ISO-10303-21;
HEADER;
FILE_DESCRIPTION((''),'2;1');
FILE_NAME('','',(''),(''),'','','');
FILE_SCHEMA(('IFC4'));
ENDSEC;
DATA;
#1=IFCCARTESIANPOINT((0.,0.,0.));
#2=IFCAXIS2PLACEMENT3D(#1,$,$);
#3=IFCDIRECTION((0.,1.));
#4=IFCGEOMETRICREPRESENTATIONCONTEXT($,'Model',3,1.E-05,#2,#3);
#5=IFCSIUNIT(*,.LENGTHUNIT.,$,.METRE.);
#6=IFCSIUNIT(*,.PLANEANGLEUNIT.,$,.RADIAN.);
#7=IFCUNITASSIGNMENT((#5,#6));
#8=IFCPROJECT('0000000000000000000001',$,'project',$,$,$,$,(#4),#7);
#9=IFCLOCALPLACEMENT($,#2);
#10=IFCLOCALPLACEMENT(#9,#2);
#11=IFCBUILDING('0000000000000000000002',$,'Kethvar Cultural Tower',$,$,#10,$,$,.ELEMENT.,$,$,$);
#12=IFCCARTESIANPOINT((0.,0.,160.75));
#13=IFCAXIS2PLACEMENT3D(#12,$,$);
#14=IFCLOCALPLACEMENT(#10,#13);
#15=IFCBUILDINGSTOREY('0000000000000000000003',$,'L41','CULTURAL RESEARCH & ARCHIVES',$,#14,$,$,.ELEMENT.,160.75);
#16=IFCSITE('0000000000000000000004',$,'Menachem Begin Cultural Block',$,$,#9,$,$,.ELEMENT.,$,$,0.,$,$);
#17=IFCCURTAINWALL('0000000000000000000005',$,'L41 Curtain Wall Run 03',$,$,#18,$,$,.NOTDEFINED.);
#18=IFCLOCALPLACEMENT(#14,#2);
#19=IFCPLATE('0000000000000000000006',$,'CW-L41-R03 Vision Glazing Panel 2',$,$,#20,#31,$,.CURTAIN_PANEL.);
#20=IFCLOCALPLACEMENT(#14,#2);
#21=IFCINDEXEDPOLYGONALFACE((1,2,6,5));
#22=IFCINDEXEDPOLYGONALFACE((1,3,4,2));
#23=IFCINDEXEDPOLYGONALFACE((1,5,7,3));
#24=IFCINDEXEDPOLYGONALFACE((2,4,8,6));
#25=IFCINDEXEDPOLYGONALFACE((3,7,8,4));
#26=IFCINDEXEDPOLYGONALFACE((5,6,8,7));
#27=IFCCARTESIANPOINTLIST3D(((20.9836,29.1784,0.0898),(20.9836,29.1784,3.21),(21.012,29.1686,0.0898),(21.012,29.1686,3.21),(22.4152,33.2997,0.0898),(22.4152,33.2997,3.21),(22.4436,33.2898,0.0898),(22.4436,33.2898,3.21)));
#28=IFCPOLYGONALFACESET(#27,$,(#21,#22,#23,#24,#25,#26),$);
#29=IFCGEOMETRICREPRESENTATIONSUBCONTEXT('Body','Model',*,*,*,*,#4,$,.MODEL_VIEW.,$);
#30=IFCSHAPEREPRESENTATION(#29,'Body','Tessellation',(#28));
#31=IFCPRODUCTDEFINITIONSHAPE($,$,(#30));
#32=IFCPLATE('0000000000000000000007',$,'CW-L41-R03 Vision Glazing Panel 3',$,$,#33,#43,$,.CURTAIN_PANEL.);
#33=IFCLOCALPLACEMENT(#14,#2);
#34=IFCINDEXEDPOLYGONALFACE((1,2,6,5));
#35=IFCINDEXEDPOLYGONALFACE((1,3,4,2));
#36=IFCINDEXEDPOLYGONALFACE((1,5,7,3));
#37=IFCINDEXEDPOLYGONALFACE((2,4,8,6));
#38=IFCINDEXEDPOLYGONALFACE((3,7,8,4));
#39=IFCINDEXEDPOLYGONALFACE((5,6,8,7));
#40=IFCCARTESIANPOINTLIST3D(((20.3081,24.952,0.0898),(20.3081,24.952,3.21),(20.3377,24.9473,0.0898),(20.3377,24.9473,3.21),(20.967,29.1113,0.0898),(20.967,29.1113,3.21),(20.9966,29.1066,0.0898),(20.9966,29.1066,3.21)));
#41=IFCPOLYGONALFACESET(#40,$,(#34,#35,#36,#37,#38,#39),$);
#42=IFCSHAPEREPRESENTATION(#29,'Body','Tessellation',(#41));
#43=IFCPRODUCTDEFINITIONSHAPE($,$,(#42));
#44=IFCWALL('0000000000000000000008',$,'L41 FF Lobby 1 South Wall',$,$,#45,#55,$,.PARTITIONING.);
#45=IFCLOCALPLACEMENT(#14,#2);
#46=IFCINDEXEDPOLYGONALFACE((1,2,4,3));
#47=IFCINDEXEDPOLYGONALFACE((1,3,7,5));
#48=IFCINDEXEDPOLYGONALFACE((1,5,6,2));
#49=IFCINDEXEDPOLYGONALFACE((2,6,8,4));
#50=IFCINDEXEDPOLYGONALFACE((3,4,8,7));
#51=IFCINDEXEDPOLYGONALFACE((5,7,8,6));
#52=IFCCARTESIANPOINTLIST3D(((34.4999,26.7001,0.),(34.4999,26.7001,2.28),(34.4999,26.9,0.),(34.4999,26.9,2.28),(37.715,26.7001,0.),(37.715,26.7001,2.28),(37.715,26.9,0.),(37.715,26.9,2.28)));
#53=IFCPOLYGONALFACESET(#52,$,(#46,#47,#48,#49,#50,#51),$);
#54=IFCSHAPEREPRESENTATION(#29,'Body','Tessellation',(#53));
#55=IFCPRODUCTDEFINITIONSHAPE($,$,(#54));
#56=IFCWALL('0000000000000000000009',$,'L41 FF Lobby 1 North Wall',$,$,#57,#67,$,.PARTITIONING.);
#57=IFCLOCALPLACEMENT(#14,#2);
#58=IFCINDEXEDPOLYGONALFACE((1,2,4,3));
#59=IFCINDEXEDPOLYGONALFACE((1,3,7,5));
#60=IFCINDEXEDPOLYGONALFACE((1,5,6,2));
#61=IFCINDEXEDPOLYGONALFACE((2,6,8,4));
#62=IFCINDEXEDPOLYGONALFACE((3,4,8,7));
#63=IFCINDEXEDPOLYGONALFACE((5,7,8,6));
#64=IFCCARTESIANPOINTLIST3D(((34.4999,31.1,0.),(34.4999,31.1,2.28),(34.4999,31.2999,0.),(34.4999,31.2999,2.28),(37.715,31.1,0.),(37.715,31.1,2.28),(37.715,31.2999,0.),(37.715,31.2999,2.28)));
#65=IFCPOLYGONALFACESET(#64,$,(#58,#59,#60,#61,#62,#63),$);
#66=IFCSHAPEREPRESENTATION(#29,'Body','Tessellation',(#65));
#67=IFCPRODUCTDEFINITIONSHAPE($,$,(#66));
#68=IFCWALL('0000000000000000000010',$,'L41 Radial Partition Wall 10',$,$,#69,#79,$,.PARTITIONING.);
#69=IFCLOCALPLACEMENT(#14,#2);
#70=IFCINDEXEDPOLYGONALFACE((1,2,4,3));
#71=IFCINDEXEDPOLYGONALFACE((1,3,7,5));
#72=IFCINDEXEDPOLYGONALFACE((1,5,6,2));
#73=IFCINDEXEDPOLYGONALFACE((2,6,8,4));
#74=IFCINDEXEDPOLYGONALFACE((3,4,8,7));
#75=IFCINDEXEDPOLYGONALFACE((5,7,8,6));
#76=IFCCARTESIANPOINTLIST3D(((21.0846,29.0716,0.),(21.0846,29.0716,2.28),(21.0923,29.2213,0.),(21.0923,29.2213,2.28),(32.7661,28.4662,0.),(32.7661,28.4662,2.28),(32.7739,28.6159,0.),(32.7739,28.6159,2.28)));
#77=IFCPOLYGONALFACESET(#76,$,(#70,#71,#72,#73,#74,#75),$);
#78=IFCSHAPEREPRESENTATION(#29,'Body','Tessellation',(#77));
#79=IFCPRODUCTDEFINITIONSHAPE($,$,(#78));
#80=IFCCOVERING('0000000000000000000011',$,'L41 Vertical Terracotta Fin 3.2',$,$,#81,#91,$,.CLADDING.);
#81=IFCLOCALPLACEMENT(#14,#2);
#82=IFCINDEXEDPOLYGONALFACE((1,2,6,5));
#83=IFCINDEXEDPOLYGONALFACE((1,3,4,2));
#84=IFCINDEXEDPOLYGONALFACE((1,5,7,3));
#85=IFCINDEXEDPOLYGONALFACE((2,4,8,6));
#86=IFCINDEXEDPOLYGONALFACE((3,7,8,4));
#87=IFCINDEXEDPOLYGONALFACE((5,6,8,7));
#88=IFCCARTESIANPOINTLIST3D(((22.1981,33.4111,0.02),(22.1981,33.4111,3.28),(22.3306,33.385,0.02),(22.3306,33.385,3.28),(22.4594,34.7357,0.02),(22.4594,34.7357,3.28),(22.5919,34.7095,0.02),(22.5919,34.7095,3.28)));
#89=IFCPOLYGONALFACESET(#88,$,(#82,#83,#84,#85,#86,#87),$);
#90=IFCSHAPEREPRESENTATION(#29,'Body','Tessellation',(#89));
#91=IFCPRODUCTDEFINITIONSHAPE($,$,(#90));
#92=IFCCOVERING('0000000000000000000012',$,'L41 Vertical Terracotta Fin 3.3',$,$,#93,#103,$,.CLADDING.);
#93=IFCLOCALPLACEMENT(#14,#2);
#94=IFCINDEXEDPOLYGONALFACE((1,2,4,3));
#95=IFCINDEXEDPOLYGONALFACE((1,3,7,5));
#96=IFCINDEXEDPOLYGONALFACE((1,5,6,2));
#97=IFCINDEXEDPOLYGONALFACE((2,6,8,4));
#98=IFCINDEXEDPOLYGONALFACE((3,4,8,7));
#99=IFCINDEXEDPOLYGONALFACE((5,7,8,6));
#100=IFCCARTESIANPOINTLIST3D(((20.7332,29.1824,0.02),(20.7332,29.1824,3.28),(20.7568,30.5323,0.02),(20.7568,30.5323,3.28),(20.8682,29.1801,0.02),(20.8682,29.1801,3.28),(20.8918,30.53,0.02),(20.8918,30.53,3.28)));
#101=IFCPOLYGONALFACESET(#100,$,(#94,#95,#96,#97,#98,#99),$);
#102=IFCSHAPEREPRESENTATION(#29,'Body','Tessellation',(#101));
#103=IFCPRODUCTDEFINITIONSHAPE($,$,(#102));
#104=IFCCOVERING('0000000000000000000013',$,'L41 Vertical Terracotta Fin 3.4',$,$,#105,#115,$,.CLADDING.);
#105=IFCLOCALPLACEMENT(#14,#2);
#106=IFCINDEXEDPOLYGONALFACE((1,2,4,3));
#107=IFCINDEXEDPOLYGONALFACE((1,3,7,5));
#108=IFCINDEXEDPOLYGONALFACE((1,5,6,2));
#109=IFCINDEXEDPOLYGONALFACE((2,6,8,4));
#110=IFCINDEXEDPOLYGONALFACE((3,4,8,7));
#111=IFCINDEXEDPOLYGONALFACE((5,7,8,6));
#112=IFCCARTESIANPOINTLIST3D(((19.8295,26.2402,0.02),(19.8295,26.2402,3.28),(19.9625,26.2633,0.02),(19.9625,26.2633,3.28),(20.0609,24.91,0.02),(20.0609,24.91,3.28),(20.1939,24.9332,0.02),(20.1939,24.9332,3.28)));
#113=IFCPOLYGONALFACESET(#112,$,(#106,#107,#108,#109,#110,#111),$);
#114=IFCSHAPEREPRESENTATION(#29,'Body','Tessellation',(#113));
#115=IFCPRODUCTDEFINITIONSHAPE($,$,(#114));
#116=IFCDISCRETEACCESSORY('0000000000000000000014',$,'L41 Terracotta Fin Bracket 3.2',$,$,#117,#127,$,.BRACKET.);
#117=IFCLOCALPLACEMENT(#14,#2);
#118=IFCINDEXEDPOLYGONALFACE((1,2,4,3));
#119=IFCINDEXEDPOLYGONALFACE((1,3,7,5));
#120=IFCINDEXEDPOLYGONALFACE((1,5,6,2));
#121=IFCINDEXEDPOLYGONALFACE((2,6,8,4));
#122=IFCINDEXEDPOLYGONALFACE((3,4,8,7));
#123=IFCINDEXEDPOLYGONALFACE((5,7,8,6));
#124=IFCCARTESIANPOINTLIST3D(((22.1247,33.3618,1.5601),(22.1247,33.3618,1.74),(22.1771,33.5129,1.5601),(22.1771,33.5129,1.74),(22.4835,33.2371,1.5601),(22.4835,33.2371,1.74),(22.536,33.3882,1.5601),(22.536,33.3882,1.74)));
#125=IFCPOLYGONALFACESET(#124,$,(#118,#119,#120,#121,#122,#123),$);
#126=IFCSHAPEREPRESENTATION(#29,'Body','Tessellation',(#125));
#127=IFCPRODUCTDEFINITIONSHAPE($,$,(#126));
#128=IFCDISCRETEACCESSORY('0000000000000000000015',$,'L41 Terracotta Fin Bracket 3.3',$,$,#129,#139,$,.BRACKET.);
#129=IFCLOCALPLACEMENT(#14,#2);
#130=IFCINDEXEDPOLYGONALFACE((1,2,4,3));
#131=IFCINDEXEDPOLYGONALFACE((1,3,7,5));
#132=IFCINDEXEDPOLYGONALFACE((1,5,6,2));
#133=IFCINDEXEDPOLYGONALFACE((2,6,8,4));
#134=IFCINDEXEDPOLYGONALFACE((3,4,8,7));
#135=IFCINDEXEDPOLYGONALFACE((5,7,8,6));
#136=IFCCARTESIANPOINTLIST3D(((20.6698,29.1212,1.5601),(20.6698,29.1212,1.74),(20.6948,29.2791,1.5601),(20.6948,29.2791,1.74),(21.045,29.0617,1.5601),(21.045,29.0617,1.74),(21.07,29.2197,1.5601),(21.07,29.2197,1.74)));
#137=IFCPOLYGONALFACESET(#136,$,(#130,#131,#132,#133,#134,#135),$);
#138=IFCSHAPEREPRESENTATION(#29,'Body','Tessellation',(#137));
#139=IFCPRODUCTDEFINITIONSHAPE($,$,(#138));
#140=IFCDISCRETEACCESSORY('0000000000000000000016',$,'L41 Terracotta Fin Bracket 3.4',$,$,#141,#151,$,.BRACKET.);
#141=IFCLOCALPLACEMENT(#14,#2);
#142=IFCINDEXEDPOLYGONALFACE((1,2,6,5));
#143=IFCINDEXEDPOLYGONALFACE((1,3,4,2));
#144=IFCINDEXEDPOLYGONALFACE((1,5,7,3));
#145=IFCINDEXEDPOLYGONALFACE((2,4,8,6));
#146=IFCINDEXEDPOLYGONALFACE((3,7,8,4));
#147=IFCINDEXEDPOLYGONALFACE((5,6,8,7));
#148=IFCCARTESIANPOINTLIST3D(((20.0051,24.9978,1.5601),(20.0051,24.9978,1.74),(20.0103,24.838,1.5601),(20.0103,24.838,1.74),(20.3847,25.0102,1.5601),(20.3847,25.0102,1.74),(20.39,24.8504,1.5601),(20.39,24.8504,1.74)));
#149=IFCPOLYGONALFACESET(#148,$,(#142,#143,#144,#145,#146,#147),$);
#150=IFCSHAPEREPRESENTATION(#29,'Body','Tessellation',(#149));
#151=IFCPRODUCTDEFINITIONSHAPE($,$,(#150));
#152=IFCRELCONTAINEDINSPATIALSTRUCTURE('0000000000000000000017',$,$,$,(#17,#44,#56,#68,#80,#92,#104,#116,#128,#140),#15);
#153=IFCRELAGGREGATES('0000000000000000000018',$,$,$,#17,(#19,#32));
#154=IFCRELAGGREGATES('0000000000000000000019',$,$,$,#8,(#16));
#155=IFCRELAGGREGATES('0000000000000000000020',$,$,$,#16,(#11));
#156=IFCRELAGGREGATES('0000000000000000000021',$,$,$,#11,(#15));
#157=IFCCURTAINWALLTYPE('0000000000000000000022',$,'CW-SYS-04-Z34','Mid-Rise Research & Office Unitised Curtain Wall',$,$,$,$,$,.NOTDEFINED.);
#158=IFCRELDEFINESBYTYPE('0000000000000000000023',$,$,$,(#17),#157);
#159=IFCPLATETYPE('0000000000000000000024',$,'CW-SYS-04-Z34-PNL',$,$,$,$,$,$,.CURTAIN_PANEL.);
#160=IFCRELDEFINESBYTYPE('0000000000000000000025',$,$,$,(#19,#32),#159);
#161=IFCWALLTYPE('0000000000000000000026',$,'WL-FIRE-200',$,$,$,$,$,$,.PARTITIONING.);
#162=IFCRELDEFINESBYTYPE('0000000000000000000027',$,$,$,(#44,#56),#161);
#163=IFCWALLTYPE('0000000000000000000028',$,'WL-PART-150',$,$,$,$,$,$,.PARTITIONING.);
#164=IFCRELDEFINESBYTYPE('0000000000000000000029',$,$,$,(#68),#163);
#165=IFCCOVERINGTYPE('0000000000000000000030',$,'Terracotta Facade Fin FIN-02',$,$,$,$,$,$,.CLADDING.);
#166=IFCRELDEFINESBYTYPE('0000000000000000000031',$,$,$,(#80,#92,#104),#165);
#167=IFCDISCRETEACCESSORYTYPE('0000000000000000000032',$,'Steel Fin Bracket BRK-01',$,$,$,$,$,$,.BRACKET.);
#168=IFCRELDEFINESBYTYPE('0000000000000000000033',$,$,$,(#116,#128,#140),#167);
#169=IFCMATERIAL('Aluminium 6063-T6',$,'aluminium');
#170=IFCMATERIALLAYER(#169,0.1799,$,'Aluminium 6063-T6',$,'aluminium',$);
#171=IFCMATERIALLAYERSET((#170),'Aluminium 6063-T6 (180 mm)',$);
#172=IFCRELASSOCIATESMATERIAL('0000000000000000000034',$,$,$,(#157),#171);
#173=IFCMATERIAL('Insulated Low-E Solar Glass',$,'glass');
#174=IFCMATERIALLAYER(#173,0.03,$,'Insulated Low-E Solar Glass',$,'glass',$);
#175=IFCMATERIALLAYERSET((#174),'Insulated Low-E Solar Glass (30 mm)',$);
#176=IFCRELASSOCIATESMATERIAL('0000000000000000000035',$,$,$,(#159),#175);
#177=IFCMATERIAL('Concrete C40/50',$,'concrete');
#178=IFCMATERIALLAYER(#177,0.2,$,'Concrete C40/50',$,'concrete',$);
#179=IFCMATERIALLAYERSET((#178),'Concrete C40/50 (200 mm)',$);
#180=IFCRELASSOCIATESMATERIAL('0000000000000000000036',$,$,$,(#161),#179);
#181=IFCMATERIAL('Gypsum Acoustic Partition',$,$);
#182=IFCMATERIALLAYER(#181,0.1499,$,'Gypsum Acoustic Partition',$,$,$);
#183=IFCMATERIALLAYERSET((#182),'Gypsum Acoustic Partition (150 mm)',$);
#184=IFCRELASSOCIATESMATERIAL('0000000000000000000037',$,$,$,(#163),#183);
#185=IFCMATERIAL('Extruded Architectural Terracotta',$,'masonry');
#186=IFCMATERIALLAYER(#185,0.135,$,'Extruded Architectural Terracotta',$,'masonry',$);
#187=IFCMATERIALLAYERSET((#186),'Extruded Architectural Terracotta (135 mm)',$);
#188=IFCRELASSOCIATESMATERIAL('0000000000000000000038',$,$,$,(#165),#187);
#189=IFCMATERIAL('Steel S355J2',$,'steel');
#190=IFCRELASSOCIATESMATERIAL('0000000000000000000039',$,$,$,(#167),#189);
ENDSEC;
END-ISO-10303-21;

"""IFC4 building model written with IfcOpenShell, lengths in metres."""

from ifc_helpers import new_model, si_unit, direction, frame, frame_2d, origin, origin_2d, place, context, subcontext, project, spatial, rectangle, extrude, source, transform, mapped, material, layer, layer_set, type_object, element, aggregate, save


model = new_model("IFC4")

# Units and contexts
model_context = context("Model", 3, precision=1e-05, world=origin(), true_north=direction((0.0, 1.0)))
body_context = subcontext(model_context, "Body", "Model", "MODEL_VIEW")
ifc_project = project(units=[si_unit("LENGTHUNIT", "METRE"), si_unit("PLANEANGLEUNIT", "RADIAN")], contexts=[model_context])

# Site, building, storey
site_placement = place(None, origin())
site = spatial("IfcSite", under=ifc_project, at=site_placement, Name="Menachem Begin Cultural Block", CompositionType="ELEMENT", RefElevation=0.0)
building_placement = place(site_placement, origin())
building = spatial("IfcBuilding", under=site, at=building_placement, Name="Kethvar Cultural Tower", CompositionType="ELEMENT")
storey_placement = place(building_placement, frame((0.0, 0.0, 160.75)))
storey = spatial("IfcBuildingStorey", under=building, at=storey_placement, Name="L41", Description="CULTURAL RESEARCH & ARCHIVES", CompositionType="ELEMENT", Elevation=160.75)

# Shared definitions
ifc_material_1 = material(Name="Steel S355J2", Category="steel")

# Curtain wall, plates
ifc_material_2 = material(Name="Aluminium 6063-T6", Category="aluminium")
ifc_layer_1 = layer(ifc_material_2, 0.1799, Name="Aluminium 6063-T6", Category="aluminium")
ifc_layer_set_1 = layer_set([ifc_layer_1], Name="Aluminium 6063-T6 (180 mm)")
curtain_wall_type = type_object("IfcCurtainWallType", Name="CW-SYS-04-Z34", Description="Mid-Rise Research & Office Unitised Curtain Wall", PredefinedType="NOTDEFINED", material=ifc_layer_set_1)
curtain_wall_placement = place(storey_placement, origin())
curtain_wall = element("IfcCurtainWall", 1, at=curtain_wall_placement, inside=storey, type_object=curtain_wall_type, Name="L41 Curtain Wall Run 03", PredefinedType="NOTDEFINED")
ifc_material_3 = material(Name="Insulated Low-E Solar Glass", Category="glass")
ifc_layer_2 = layer(ifc_material_3, 0.03, Name="Insulated Low-E Solar Glass", Category="glass")
ifc_layer_set_2 = layer_set([ifc_layer_2], Name="Insulated Low-E Solar Glass (30 mm)")
plate_type = type_object("IfcPlateType", Name="CW-SYS-04-Z34-PNL", PredefinedType="CURTAIN_PANEL", material=ifc_layer_set_2)
shared_shape_1 = source(origin(), body_context, "Body", "SweptSolid", [
    extrude(rectangle(XDim=4.3628, YDim=0.03, at=origin_2d()), origin(), (0.0, 0.0, 1.0), 3.1201),
])
plate_1_placement = place(storey_placement, frame((21.7136, 31.2341, 0.0898), z_axis=(0.0, 0.0, 1.0), x_axis=(-0.328141, -0.944629, 0.0)))
plate_1 = element("IfcPlate", 2, at=plate_1_placement, type_object=plate_type, Name="CW-L41-R03 Vision Glazing Panel 2", PredefinedType="CURTAIN_PANEL", context=body_context, shape_type="MappedRepresentation", body=[
    mapped(shared_shape_1, transform((0.0, 0.0, 0.0), scale=1.0)),
])
shared_shape_2 = source(origin(), body_context, "Body", "SweptSolid", [
    extrude(rectangle(XDim=4.2112, YDim=0.03, at=origin_2d()), origin(), (0.0, 0.0, 1.0), 3.1201),
])
plate_2_placement = place(storey_placement, frame((20.6523, 27.0293, 0.0898), z_axis=(0.0, 0.0, 1.0), x_axis=(-0.156469, -0.987683, 0.0)))
plate_2 = element("IfcPlate", 3, at=plate_2_placement, type_object=plate_type, Name="CW-L41-R03 Vision Glazing Panel 3", PredefinedType="CURTAIN_PANEL", context=body_context, shape_type="MappedRepresentation", body=[
    mapped(shared_shape_2, transform((0.0, 0.0, 0.0), scale=1.0)),
])
aggregate(curtain_wall, [plate_1, plate_2])

# Shared definitions
ifc_material_4 = material(Name="Concrete C40/50", Category="concrete")
ifc_layer_3 = layer(ifc_material_4, 0.2, Name="Concrete C40/50", Category="concrete")
ifc_layer_set_3 = layer_set([ifc_layer_3], Name="Concrete C40/50 (200 mm)")
wall_type_1 = type_object("IfcWallType", Name="WL-FIRE-200", PredefinedType="PARTITIONING", material=ifc_layer_set_3)

# Walls
for number, where, z_axis, x_axis, name in (
    (4, (34.5, 26.8, 0.0), (0.0, 0.0, 1.0), (1.0, 0.0, 0.0), "L41 FF Lobby 1 South Wall"),
    (5, (34.5, 31.2, 0.0), (0.0, 0.0, 1.0), (1.0, 0.0, 0.0), "L41 FF Lobby 1 North Wall"),
):
    element("IfcWall", number, at=place(storey_placement, frame(where, z_axis=z_axis, x_axis=x_axis)), inside=storey, type_object=wall_type_1, Name=name, PredefinedType="PARTITIONING", context=body_context, shape_type="SweptSolid", body=[
        extrude(rectangle(XDim=3.2151, YDim=0.2, at=frame_2d((1.6074, 0.0))), origin(), (0.0, 0.0, 1.0), 2.28),
    ])
ifc_material_5 = material(Name="Gypsum Acoustic Partition")
ifc_layer_4 = layer(ifc_material_5, 0.1499, Name="Gypsum Acoustic Partition")
ifc_layer_set_4 = layer_set([ifc_layer_4], Name="Gypsum Acoustic Partition (150 mm)")
wall_type_2 = type_object("IfcWallType", Name="WL-PART-150", PredefinedType="PARTITIONING", material=ifc_layer_set_4)
wall_1_placement = place(storey_placement, frame((32.77, 28.541, 0.0), z_axis=(0.0, 0.0, 1.0), x_axis=(-0.998659, 0.051761, 0.0)))
element("IfcWall", 6, at=wall_1_placement, inside=storey, type_object=wall_type_2, Name="L41 Radial Partition Wall 10", PredefinedType="PARTITIONING", context=body_context, shape_type="SweptSolid", body=[
    extrude(rectangle(XDim=11.6973, YDim=0.1499, at=frame_2d((5.8486, 0.0))), origin(), (0.0, 0.0, 1.0), 2.28),
])

# Coverings
ifc_material_6 = material(Name="Extruded Architectural Terracotta", Category="masonry")
ifc_layer_5 = layer(ifc_material_6, 0.135, Name="Extruded Architectural Terracotta", Category="masonry")
ifc_layer_set_5 = layer_set([ifc_layer_5], Name="Extruded Architectural Terracotta (135 mm)")
covering_type = type_object("IfcCoveringType", Name="Terracotta Facade Fin FIN-02", PredefinedType="CLADDING", material=ifc_layer_set_5)
shared_shape_3 = source(origin(), body_context, "Body", "SweptSolid", [
    extrude(rectangle(XDim=1.3501, YDim=0.135, at=origin_2d()), origin(), (0.0, 0.0, 1.0), 3.26),
])
for number, where, z_axis, x_axis, name in (
    (7, (22.395, 34.0603, 0.02), (0.0, 0.0, 1.0), (0.193549, 0.981091, 0.0), "L41 Vertical Terracotta Fin 3.2"),
    (8, (20.8125, 29.8562, 0.02), (0.0, 0.0, 1.0), (0.017452, 0.999848, 0.0), "L41 Vertical Terracotta Fin 3.3"),
    (9, (20.0117, 25.5867, 0.02), (0.0, 0.0, 1.0), (-0.171413, 0.985199, 0.0), "L41 Vertical Terracotta Fin 3.4"),
):
    element("IfcCovering", number, at=place(storey_placement, frame(where, z_axis=z_axis, x_axis=x_axis)), inside=storey, type_object=covering_type, Name=name, PredefinedType="CLADDING", context=body_context, shape_type="MappedRepresentation", body=[
        mapped(shared_shape_3, transform((0.0, 0.0, 0.0), scale=1.0)),
    ])

# Discrete accessories
discrete_accessory_type = type_object("IfcDiscreteAccessoryType", Name="Steel Fin Bracket BRK-01", PredefinedType="BRACKET", material=ifc_material_1)
shared_shape_4 = source(origin(), body_context, "Body", "SweptSolid", [
    extrude(rectangle(XDim=0.3799, YDim=0.1599, at=origin_2d()), origin(), (0.0, 0.0, 1.0), 0.1799),
])
for number, where, z_axis, x_axis, name in (
    (10, (22.3303, 33.375, 1.5601), (0.0, 0.0, 1.0), (-0.944606, 0.328207, 0.0), "L41 Terracotta Fin Bracket 3.2"),
    (11, (20.8699, 29.1704, 1.5601), (0.0, 0.0, 1.0), (-0.987688, 0.156434, 0.0), "L41 Terracotta Fin Bracket 3.3"),
    (12, (20.1975, 24.9241, 1.5601), (0.0, 0.0, 1.0), (-0.999467, -0.032632, 0.0), "L41 Terracotta Fin Bracket 3.4"),
):
    element("IfcDiscreteAccessory", number, at=place(storey_placement, frame(where, z_axis=z_axis, x_axis=x_axis)), inside=storey, type_object=discrete_accessory_type, Name=name, PredefinedType="BRACKET", context=body_context, shape_type="MappedRepresentation", body=[
        mapped(shared_shape_4, transform((0.0, 0.0, 0.0), scale=1.0)),
    ])

save(model, "model.ifc")
